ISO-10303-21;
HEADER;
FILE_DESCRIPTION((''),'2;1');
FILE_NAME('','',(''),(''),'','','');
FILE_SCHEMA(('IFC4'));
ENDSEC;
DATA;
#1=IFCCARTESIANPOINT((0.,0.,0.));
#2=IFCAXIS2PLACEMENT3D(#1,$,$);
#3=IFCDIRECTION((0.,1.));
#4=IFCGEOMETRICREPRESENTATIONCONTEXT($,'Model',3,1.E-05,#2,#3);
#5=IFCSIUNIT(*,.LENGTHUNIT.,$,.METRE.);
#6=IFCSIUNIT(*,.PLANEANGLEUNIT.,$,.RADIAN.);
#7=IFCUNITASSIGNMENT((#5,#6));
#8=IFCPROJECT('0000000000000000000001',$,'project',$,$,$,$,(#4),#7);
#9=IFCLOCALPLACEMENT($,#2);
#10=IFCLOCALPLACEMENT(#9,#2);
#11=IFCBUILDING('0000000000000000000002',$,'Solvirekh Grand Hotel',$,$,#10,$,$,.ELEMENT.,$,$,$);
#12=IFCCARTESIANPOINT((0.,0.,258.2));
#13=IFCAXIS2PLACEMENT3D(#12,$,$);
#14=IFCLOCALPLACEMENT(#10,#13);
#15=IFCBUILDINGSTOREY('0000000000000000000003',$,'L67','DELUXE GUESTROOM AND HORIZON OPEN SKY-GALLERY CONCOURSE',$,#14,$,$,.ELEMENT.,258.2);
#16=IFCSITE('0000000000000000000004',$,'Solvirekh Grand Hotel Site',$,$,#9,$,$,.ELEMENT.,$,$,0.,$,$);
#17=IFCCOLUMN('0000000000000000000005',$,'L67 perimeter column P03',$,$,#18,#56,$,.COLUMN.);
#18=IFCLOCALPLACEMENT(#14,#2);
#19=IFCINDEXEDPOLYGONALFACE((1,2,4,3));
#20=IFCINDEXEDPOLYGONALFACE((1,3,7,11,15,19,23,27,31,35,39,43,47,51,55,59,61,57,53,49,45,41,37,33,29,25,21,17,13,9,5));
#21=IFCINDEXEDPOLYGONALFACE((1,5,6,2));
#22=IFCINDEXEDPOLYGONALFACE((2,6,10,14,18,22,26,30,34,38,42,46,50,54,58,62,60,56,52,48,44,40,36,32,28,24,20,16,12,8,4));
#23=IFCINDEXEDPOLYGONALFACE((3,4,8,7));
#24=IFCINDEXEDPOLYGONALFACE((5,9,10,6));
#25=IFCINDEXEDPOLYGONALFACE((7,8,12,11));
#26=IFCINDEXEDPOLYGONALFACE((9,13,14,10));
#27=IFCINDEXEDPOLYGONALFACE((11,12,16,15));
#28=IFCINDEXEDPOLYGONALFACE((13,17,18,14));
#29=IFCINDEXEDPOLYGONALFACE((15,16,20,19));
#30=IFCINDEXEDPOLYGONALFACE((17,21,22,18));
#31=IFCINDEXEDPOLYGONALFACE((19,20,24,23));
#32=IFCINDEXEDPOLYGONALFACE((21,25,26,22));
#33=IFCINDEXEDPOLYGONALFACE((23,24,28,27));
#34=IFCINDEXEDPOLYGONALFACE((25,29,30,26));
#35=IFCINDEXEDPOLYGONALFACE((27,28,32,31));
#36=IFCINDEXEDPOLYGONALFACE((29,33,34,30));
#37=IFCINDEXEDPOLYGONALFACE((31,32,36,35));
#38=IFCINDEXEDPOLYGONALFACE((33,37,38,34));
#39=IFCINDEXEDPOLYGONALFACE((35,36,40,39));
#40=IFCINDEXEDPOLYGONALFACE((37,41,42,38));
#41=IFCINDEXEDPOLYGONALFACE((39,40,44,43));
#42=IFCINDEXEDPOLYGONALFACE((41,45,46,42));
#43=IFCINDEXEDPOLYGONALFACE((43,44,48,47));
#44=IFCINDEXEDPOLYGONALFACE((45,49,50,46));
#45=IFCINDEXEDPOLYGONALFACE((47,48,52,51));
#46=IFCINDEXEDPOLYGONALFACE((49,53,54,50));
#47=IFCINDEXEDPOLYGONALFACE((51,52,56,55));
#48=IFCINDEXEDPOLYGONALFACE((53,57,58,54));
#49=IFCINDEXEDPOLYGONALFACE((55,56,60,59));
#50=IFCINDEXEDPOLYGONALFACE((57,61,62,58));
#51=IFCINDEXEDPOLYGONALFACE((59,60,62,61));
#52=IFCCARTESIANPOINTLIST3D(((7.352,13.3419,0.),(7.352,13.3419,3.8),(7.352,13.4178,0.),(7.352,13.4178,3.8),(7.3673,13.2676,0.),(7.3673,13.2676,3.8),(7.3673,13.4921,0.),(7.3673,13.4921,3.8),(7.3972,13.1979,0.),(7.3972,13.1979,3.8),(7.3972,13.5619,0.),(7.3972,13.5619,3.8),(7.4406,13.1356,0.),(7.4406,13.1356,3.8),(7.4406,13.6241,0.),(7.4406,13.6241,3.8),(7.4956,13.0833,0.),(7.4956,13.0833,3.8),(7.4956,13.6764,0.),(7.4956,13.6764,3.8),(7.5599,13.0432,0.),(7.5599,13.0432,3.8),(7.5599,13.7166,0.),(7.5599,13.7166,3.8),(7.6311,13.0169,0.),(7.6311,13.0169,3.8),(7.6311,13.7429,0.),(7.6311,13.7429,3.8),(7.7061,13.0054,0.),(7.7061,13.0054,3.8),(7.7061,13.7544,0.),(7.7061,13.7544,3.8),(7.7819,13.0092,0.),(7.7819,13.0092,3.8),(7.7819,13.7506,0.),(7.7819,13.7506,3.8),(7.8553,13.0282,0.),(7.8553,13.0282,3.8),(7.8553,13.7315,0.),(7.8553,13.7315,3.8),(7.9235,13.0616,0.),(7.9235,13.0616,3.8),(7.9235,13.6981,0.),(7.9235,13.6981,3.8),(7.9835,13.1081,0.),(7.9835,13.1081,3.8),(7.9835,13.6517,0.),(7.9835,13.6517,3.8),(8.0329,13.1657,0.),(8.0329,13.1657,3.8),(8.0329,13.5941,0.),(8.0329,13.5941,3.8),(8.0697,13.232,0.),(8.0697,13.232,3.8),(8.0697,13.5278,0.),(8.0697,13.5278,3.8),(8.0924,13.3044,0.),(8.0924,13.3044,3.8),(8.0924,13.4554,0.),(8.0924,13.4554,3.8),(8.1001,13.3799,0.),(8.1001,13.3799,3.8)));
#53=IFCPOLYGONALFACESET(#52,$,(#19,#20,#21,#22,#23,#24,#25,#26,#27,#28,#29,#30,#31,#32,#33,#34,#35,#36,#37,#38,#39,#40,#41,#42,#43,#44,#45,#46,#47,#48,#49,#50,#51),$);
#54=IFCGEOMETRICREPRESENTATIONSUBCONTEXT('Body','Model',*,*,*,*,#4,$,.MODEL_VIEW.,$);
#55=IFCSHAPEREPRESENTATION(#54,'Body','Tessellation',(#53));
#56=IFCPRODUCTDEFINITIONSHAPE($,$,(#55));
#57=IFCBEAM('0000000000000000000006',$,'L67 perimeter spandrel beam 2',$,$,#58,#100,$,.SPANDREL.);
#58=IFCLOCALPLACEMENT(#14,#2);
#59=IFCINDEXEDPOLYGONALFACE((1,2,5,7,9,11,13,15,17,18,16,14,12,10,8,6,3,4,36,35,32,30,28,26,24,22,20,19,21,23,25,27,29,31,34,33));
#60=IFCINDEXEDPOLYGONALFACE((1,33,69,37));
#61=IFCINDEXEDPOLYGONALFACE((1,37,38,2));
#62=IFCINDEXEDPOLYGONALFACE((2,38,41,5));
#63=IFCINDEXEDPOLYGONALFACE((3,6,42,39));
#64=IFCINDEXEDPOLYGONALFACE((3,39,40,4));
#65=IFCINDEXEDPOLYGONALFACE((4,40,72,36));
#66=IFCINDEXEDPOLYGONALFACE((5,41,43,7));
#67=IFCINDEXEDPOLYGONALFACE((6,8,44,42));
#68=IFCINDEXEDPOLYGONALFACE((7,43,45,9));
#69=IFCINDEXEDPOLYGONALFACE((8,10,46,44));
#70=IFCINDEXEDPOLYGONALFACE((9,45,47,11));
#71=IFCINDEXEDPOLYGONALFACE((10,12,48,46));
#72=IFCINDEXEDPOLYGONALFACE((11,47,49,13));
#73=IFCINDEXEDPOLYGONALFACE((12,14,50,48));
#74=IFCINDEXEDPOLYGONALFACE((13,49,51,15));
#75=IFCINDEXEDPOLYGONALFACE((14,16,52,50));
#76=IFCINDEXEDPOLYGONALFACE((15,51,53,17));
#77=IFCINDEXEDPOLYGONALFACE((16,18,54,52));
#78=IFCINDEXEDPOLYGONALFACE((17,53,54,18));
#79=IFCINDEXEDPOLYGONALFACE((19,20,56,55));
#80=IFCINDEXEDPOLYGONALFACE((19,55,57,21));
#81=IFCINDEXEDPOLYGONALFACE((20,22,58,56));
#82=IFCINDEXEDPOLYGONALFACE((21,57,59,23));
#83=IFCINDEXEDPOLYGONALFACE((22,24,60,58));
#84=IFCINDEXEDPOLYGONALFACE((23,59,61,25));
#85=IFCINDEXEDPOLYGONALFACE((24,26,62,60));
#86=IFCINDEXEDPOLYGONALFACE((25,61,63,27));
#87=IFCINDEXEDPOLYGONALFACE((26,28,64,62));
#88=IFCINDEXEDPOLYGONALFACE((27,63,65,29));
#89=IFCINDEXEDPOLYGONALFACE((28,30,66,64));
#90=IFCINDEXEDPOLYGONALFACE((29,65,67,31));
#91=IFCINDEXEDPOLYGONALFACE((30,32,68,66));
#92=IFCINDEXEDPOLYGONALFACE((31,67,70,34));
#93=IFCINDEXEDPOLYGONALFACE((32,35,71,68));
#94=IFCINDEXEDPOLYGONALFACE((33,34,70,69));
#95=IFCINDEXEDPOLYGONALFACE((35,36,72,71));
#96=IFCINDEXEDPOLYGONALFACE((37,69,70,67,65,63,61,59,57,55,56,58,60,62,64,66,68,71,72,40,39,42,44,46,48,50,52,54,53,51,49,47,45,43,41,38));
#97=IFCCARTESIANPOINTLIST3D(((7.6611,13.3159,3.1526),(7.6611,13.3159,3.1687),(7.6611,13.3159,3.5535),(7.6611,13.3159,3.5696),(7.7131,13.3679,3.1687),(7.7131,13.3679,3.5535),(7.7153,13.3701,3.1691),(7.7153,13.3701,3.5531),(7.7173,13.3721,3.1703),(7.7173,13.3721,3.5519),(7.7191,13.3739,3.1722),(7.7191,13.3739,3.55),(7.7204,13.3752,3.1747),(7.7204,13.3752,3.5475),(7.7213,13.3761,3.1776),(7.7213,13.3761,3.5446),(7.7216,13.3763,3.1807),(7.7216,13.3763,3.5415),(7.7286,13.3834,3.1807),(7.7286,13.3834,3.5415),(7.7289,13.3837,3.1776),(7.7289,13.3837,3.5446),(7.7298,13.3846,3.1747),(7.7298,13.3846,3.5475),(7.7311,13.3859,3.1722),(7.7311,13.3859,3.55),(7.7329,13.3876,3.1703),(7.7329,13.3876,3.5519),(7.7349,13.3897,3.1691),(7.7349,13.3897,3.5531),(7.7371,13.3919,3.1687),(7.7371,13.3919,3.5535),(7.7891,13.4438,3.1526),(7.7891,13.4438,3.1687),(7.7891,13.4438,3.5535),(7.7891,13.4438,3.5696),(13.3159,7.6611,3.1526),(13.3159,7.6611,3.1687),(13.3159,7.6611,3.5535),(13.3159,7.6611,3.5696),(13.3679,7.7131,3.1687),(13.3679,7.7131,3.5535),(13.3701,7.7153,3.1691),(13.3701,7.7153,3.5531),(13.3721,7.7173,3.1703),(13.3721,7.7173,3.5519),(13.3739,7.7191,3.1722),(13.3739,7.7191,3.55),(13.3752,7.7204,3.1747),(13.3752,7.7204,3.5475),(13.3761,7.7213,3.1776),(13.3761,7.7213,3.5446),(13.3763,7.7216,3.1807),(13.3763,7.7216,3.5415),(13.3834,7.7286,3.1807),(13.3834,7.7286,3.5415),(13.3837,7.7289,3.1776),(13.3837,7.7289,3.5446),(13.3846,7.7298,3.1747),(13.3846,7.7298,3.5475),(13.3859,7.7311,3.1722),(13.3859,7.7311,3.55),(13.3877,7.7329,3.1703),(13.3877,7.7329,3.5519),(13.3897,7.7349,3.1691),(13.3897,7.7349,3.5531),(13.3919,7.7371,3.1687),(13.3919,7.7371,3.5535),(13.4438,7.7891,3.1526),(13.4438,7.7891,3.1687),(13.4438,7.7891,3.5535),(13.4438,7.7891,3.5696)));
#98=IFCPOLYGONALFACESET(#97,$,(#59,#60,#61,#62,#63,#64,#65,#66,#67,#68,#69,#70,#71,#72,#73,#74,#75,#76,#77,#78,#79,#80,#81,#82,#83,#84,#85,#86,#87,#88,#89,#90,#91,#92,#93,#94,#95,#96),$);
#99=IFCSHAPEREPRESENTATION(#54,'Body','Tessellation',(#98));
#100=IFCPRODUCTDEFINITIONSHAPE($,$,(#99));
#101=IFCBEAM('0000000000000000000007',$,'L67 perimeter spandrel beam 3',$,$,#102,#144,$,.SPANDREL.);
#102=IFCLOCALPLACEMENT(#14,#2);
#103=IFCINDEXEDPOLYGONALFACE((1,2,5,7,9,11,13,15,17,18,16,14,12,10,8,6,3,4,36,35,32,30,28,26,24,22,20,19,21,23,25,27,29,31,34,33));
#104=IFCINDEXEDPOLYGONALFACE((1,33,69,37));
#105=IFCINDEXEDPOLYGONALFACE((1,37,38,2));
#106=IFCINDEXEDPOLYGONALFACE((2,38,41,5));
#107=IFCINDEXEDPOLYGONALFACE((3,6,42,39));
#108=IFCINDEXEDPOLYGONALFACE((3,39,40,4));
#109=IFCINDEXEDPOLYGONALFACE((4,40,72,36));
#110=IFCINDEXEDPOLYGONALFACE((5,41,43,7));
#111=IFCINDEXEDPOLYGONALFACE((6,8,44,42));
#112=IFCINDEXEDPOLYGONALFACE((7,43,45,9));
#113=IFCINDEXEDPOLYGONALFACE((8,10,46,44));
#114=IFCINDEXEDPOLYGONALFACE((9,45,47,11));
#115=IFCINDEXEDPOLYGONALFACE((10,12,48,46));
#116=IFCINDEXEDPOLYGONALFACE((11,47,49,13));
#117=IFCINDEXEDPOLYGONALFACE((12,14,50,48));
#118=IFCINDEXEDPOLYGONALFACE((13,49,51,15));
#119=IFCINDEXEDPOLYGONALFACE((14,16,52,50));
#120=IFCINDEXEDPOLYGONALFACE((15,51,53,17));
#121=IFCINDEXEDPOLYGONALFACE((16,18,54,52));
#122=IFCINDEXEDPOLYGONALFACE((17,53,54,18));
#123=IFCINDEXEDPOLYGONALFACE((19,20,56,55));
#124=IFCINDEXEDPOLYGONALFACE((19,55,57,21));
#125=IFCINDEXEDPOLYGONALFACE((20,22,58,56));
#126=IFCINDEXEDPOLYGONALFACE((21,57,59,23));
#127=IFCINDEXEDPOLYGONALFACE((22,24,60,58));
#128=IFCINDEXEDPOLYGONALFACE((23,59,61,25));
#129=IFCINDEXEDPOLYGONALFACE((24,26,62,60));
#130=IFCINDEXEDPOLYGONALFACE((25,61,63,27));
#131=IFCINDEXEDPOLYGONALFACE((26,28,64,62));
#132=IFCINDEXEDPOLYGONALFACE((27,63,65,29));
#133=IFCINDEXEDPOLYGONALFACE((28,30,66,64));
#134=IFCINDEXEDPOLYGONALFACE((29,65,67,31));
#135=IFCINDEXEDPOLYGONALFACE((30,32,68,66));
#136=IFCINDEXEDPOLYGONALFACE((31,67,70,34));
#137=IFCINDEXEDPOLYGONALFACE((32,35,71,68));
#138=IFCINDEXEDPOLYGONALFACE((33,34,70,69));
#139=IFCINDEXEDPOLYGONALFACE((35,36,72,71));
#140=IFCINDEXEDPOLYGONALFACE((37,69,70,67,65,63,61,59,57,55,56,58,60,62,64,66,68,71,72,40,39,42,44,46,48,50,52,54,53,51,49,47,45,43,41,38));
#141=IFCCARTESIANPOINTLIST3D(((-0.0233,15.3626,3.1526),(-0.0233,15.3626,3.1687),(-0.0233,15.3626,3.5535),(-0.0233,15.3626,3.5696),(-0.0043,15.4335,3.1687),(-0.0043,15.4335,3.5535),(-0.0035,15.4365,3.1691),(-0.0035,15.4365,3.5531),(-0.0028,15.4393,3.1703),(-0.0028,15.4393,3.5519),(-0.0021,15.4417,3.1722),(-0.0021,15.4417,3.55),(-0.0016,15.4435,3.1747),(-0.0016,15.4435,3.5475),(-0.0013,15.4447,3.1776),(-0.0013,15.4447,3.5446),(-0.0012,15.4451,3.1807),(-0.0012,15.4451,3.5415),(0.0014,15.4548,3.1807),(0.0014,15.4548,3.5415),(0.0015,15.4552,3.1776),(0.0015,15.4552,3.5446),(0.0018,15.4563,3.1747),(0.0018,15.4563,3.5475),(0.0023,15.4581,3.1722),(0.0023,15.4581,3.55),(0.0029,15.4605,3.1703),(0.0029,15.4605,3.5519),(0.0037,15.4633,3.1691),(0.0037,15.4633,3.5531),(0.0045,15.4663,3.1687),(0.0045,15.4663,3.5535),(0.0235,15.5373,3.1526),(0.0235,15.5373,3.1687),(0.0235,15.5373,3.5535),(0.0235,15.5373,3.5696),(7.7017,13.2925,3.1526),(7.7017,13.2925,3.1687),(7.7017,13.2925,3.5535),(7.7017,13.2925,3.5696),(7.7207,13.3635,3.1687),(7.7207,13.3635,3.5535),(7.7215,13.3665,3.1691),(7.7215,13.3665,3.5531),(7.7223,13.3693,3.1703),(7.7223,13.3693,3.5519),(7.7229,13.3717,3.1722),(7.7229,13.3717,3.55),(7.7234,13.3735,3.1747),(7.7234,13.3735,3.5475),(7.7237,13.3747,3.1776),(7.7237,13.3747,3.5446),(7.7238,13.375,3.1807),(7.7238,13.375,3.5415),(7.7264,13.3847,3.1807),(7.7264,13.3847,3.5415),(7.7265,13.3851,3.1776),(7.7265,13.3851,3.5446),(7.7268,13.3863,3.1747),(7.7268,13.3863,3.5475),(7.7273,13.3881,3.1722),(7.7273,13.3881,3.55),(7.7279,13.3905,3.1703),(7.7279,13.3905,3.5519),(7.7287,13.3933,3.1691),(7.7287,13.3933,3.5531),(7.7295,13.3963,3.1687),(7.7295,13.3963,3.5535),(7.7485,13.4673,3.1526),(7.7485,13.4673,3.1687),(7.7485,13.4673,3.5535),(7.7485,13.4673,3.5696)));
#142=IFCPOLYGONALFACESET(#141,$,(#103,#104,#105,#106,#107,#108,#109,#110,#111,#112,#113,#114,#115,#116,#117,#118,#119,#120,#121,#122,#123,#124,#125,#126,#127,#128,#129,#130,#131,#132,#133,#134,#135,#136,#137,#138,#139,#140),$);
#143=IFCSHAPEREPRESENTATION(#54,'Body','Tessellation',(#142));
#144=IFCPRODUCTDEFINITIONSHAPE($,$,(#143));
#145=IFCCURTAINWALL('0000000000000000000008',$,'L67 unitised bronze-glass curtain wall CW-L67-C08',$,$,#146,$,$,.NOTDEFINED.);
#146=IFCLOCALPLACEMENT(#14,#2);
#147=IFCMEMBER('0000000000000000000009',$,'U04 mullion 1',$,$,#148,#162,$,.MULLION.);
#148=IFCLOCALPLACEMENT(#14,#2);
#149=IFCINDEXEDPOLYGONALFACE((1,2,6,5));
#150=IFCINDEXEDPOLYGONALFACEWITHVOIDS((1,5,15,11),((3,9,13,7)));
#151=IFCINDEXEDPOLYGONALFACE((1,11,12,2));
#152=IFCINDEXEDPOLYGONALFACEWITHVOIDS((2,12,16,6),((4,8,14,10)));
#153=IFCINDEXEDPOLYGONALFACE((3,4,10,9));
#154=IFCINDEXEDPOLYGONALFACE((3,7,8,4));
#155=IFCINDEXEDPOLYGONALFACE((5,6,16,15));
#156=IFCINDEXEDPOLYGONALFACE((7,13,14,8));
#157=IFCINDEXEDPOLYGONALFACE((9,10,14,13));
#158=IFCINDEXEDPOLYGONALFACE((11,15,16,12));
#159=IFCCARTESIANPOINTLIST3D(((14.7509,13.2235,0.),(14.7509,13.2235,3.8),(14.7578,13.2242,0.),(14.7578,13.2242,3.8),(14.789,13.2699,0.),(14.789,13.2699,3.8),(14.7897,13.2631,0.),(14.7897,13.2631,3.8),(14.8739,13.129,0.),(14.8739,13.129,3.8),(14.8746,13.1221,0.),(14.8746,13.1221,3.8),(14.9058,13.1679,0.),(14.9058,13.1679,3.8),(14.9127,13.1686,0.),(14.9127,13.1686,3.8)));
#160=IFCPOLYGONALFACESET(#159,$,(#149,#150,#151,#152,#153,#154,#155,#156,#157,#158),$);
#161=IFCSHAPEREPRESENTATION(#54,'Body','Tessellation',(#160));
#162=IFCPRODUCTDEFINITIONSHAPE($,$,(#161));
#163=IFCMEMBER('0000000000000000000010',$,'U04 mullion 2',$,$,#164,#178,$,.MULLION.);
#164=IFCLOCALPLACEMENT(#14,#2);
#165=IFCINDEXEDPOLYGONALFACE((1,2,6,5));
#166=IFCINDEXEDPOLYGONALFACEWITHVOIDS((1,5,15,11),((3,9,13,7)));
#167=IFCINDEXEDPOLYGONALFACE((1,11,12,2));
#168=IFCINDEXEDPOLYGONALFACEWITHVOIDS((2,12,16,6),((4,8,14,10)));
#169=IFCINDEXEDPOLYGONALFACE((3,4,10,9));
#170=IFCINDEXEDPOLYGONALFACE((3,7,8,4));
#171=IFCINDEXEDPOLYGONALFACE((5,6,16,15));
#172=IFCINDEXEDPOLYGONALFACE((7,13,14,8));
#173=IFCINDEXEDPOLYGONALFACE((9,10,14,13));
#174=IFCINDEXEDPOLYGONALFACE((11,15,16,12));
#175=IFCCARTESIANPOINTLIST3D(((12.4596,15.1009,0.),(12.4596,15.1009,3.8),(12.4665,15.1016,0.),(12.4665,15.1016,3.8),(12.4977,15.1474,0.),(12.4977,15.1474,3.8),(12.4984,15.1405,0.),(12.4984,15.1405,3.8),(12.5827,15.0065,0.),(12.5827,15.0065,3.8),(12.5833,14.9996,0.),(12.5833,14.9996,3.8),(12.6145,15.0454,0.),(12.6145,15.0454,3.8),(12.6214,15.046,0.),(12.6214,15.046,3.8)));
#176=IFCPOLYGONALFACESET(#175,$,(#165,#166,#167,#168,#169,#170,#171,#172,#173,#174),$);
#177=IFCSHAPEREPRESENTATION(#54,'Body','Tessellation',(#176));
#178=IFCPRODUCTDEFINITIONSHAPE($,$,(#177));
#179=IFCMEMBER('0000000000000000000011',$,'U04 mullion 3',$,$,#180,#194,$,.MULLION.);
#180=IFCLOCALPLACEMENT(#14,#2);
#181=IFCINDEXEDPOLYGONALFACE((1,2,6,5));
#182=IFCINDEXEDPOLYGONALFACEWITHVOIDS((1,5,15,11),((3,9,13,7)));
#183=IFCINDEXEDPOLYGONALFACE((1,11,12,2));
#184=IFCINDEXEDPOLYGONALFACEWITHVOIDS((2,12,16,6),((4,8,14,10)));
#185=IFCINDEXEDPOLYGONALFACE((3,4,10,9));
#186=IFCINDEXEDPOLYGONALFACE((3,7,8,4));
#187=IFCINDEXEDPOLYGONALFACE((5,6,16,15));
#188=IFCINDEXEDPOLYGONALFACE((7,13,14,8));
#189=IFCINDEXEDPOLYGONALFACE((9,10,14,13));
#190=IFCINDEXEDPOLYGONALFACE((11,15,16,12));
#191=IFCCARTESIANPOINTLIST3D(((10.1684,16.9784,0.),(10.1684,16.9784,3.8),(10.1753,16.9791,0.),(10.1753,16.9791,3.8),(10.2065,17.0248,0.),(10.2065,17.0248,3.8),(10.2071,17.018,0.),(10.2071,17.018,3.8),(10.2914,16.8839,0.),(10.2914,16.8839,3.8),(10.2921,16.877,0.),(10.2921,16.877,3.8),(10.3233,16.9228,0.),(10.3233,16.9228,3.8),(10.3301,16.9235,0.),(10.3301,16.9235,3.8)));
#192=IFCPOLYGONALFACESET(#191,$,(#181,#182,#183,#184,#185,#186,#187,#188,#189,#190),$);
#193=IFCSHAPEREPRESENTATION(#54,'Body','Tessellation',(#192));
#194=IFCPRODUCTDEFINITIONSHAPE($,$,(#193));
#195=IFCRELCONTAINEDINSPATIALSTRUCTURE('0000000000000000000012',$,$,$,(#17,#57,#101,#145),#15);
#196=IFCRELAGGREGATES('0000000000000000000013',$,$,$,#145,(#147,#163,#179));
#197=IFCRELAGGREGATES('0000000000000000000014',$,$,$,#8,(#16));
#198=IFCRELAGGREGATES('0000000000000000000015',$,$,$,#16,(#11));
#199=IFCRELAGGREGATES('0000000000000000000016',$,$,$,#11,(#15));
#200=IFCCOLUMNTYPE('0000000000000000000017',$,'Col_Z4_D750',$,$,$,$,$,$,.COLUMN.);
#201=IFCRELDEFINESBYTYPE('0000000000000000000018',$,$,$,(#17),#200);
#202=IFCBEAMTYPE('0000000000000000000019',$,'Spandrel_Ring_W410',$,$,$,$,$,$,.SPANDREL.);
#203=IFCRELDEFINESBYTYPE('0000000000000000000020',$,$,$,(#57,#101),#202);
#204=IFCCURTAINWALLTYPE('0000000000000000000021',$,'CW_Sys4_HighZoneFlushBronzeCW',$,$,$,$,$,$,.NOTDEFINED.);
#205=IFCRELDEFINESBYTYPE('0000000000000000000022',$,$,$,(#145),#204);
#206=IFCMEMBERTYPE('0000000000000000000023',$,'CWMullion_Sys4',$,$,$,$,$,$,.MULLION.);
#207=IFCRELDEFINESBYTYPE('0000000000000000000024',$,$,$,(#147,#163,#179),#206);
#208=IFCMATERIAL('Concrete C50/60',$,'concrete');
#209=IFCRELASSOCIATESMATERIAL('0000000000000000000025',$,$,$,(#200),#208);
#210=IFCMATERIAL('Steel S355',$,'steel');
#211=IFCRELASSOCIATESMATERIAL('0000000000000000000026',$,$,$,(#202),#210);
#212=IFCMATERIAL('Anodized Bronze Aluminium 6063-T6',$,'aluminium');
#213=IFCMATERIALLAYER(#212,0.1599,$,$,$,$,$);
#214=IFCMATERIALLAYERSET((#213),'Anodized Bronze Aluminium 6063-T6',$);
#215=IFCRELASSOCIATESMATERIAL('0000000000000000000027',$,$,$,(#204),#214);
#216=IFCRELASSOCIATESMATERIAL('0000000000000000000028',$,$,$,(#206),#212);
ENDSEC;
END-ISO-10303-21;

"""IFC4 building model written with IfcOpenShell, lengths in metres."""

from ifc_helpers import new_model, si_unit, direction, frame, origin, origin_2d, place, context, subcontext, project, spatial, hollow_rectangle, circle, i_section, extrude, source, transform, mapped, material, layer, layer_set, material_profile, profile_set, type_object, element, aggregate, save


model = new_model("IFC4")

# Units and contexts
model_context = context("Model", 3, precision=1e-05, world=origin(), true_north=direction((0.0, 1.0)))
body_context = subcontext(model_context, "Body", "Model", "MODEL_VIEW")
ifc_project = project(units=[si_unit("LENGTHUNIT", "METRE"), si_unit("PLANEANGLEUNIT", "RADIAN")], contexts=[model_context])

# Site, building, storey
site_placement = place(None, origin())
site = spatial("IfcSite", under=ifc_project, at=site_placement, Name="Solvirekh Grand Hotel Site", CompositionType="ELEMENT", RefElevation=0.0)
building_placement = place(site_placement, origin())
building = spatial("IfcBuilding", under=site, at=building_placement, Name="Solvirekh Grand Hotel", CompositionType="ELEMENT")
storey_placement = place(building_placement, frame((0.0, 0.0, 258.2)))
storey = spatial("IfcBuildingStorey", under=building, at=storey_placement, Name="L67", Description="DELUXE GUESTROOM AND HORIZON OPEN SKY-GALLERY CONCOURSE", CompositionType="ELEMENT", Elevation=258.2)

# Column
ifc_material_1 = material(Name="Concrete C50/60", Category="concrete")
ifc_material_profile_1 = material_profile(ifc_material_1, circle(Radius=0.375, at=origin_2d()), Name="RC CIRC D750")
ifc_profile_set_1 = profile_set([ifc_material_profile_1], Name="Concrete C50/60")
column_type = type_object("IfcColumnType", Name="Col_Z4_D750", PredefinedType="COLUMN", material=ifc_profile_set_1)
column_placement = place(storey_placement, frame((7.7251, 13.3799, 0.0), z_axis=(0.0, 0.0, 1.0), x_axis=(1.0, 0.0, 0.0)))
element("IfcColumn", 1, at=column_placement, inside=storey, type_object=column_type, Name="L67 perimeter column P03", PredefinedType="COLUMN", context=body_context, shape_type="SweptSolid", body=[
    extrude(circle(Radius=0.375, at=origin_2d()), origin(), (0.0, 0.0, 1.0), 3.8),
])

# Beams
ifc_material_2 = material(Name="Steel S355", Category="steel")
ifc_material_profile_2 = material_profile(ifc_material_2, i_section(OverallWidth=0.1809, OverallDepth=0.417, WebThickness=0.01, FlangeThickness=0.0161, FilletRadius=0.012, at=origin_2d()), Name="W410X85")
ifc_profile_set_2 = profile_set([ifc_material_profile_2], Name="Steel S355")
beam_type = type_object("IfcBeamType", Name="Spandrel_Ring_W410", PredefinedType="SPANDREL", material=ifc_profile_set_2)
beam_1_placement = place(storey_placement, frame((13.3799, 7.7251, 3.3611), z_axis=(-0.707107, 0.707107, 0.0), x_axis=(-0.707107, -0.707107, 0.0)))
element("IfcBeam", 2, at=beam_1_placement, inside=storey, type_object=beam_type, Name="L67 perimeter spandrel beam 2", PredefinedType="SPANDREL", context=body_context, shape_type="SweptSolid", body=[
    extrude(i_section(OverallWidth=0.1809, OverallDepth=0.417, WebThickness=0.01, FlangeThickness=0.0161, FilletRadius=0.012, at=origin_2d()), origin(), (0.0, 0.0, 1.0), 7.9971),
])
beam_2_placement = place(storey_placement, frame((7.7251, 13.3799, 3.3611), z_axis=(-0.965922, 0.258835, 0.0), x_axis=(-0.258835, -0.965922, 0.0)))
element("IfcBeam", 3, at=beam_2_placement, inside=storey, type_object=beam_type, Name="L67 perimeter spandrel beam 3", PredefinedType="SPANDREL", context=body_context, shape_type="SweptSolid", body=[
    extrude(i_section(OverallWidth=0.1809, OverallDepth=0.417, WebThickness=0.01, FlangeThickness=0.0161, FilletRadius=0.012, at=origin_2d()), origin(), (0.0, 0.0, 1.0), 7.9976),
])

# Curtain wall, members
ifc_material_3 = material(Name="Anodized Bronze Aluminium 6063-T6", Category="aluminium")
ifc_layer_1 = layer(ifc_material_3, 0.1599)
ifc_layer_set_1 = layer_set([ifc_layer_1], Name="Anodized Bronze Aluminium 6063-T6")
curtain_wall_type = type_object("IfcCurtainWallType", Name="CW_Sys4_HighZoneFlushBronzeCW", PredefinedType="NOTDEFINED", material=ifc_layer_set_1)
curtain_wall_placement = place(storey_placement, origin())
curtain_wall = element("IfcCurtainWall", 4, at=curtain_wall_placement, inside=storey, type_object=curtain_wall_type, Name="L67 unitised bronze-glass curtain wall CW-L67-C08", PredefinedType="NOTDEFINED")
ifc_material_profile_3 = material_profile(ifc_material_3, hollow_rectangle(XDim=0.0601, YDim=0.1599, WallThickness=0.0049, at=origin_2d()), Name="ALU RHS 160X60X5")
ifc_profile_set_3 = profile_set([ifc_material_profile_3], Name="Anodized Bronze Aluminium 6063-T6")
member_type_1 = type_object("IfcMemberType", Name="CWMullion_Sys4", PredefinedType="MULLION", material=ifc_profile_set_3)
shared_shape_1 = source(origin(), body_context, "Body", "SweptSolid", [
    extrude(hollow_rectangle(XDim=0.0601, YDim=0.1599, WallThickness=0.0049, at=origin_2d()), origin(), (0.0, 0.0, 1.0), 3.8),
])
member_1_placement = place(storey_placement, frame((14.8318, 13.196, 0.0), z_axis=(0.0, 0.0, 1.0), x_axis=(-0.633802, -0.773496, 0.0)))
member_1 = element("IfcMember", 5, at=member_1_placement, type_object=member_type_1, Name="U04 mullion 1", PredefinedType="MULLION", context=body_context, shape_type="MappedRepresentation", body=[
    mapped(shared_shape_1, transform((0.0, 0.0, 0.0), x_axis=(1.0, 0.0, 0.0), y_axis=(0.0, 1.0, 0.0), z_axis=(0.0, 0.0, 1.0), scale=1.0)),
])
member_2_placement = place(storey_placement, frame((12.5405, 15.0735, 0.0), z_axis=(0.0, 0.0, 1.0), x_axis=(-0.633802, -0.773496, 0.0)))
member_2 = element("IfcMember", 6, at=member_2_placement, type_object=member_type_1, Name="U04 mullion 2", PredefinedType="MULLION", context=body_context, shape_type="MappedRepresentation", body=[
    mapped(shared_shape_1, transform((0.0, 0.0, 0.0), x_axis=(1.0, 0.0, 0.0), y_axis=(0.0, 1.0, 0.0), z_axis=(0.0, 0.0, 1.0), scale=1.0)),
])
member_3_placement = place(storey_placement, frame((10.2493, 16.9509, 0.0), z_axis=(0.0, 0.0, 1.0), x_axis=(-0.633802, -0.773496, 0.0)))
member_3 = element("IfcMember", 7, at=member_3_placement, type_object=member_type_1, Name="U04 mullion 3", PredefinedType="MULLION", context=body_context, shape_type="MappedRepresentation", body=[
    mapped(shared_shape_1, transform((0.0, 0.0, 0.0), x_axis=(1.0, 0.0, 0.0), y_axis=(0.0, 1.0, 0.0), z_axis=(0.0, 0.0, 1.0), scale=1.0)),
])
aggregate(curtain_wall, [member_1, member_2, member_3])

save(model, "model.ifc")
